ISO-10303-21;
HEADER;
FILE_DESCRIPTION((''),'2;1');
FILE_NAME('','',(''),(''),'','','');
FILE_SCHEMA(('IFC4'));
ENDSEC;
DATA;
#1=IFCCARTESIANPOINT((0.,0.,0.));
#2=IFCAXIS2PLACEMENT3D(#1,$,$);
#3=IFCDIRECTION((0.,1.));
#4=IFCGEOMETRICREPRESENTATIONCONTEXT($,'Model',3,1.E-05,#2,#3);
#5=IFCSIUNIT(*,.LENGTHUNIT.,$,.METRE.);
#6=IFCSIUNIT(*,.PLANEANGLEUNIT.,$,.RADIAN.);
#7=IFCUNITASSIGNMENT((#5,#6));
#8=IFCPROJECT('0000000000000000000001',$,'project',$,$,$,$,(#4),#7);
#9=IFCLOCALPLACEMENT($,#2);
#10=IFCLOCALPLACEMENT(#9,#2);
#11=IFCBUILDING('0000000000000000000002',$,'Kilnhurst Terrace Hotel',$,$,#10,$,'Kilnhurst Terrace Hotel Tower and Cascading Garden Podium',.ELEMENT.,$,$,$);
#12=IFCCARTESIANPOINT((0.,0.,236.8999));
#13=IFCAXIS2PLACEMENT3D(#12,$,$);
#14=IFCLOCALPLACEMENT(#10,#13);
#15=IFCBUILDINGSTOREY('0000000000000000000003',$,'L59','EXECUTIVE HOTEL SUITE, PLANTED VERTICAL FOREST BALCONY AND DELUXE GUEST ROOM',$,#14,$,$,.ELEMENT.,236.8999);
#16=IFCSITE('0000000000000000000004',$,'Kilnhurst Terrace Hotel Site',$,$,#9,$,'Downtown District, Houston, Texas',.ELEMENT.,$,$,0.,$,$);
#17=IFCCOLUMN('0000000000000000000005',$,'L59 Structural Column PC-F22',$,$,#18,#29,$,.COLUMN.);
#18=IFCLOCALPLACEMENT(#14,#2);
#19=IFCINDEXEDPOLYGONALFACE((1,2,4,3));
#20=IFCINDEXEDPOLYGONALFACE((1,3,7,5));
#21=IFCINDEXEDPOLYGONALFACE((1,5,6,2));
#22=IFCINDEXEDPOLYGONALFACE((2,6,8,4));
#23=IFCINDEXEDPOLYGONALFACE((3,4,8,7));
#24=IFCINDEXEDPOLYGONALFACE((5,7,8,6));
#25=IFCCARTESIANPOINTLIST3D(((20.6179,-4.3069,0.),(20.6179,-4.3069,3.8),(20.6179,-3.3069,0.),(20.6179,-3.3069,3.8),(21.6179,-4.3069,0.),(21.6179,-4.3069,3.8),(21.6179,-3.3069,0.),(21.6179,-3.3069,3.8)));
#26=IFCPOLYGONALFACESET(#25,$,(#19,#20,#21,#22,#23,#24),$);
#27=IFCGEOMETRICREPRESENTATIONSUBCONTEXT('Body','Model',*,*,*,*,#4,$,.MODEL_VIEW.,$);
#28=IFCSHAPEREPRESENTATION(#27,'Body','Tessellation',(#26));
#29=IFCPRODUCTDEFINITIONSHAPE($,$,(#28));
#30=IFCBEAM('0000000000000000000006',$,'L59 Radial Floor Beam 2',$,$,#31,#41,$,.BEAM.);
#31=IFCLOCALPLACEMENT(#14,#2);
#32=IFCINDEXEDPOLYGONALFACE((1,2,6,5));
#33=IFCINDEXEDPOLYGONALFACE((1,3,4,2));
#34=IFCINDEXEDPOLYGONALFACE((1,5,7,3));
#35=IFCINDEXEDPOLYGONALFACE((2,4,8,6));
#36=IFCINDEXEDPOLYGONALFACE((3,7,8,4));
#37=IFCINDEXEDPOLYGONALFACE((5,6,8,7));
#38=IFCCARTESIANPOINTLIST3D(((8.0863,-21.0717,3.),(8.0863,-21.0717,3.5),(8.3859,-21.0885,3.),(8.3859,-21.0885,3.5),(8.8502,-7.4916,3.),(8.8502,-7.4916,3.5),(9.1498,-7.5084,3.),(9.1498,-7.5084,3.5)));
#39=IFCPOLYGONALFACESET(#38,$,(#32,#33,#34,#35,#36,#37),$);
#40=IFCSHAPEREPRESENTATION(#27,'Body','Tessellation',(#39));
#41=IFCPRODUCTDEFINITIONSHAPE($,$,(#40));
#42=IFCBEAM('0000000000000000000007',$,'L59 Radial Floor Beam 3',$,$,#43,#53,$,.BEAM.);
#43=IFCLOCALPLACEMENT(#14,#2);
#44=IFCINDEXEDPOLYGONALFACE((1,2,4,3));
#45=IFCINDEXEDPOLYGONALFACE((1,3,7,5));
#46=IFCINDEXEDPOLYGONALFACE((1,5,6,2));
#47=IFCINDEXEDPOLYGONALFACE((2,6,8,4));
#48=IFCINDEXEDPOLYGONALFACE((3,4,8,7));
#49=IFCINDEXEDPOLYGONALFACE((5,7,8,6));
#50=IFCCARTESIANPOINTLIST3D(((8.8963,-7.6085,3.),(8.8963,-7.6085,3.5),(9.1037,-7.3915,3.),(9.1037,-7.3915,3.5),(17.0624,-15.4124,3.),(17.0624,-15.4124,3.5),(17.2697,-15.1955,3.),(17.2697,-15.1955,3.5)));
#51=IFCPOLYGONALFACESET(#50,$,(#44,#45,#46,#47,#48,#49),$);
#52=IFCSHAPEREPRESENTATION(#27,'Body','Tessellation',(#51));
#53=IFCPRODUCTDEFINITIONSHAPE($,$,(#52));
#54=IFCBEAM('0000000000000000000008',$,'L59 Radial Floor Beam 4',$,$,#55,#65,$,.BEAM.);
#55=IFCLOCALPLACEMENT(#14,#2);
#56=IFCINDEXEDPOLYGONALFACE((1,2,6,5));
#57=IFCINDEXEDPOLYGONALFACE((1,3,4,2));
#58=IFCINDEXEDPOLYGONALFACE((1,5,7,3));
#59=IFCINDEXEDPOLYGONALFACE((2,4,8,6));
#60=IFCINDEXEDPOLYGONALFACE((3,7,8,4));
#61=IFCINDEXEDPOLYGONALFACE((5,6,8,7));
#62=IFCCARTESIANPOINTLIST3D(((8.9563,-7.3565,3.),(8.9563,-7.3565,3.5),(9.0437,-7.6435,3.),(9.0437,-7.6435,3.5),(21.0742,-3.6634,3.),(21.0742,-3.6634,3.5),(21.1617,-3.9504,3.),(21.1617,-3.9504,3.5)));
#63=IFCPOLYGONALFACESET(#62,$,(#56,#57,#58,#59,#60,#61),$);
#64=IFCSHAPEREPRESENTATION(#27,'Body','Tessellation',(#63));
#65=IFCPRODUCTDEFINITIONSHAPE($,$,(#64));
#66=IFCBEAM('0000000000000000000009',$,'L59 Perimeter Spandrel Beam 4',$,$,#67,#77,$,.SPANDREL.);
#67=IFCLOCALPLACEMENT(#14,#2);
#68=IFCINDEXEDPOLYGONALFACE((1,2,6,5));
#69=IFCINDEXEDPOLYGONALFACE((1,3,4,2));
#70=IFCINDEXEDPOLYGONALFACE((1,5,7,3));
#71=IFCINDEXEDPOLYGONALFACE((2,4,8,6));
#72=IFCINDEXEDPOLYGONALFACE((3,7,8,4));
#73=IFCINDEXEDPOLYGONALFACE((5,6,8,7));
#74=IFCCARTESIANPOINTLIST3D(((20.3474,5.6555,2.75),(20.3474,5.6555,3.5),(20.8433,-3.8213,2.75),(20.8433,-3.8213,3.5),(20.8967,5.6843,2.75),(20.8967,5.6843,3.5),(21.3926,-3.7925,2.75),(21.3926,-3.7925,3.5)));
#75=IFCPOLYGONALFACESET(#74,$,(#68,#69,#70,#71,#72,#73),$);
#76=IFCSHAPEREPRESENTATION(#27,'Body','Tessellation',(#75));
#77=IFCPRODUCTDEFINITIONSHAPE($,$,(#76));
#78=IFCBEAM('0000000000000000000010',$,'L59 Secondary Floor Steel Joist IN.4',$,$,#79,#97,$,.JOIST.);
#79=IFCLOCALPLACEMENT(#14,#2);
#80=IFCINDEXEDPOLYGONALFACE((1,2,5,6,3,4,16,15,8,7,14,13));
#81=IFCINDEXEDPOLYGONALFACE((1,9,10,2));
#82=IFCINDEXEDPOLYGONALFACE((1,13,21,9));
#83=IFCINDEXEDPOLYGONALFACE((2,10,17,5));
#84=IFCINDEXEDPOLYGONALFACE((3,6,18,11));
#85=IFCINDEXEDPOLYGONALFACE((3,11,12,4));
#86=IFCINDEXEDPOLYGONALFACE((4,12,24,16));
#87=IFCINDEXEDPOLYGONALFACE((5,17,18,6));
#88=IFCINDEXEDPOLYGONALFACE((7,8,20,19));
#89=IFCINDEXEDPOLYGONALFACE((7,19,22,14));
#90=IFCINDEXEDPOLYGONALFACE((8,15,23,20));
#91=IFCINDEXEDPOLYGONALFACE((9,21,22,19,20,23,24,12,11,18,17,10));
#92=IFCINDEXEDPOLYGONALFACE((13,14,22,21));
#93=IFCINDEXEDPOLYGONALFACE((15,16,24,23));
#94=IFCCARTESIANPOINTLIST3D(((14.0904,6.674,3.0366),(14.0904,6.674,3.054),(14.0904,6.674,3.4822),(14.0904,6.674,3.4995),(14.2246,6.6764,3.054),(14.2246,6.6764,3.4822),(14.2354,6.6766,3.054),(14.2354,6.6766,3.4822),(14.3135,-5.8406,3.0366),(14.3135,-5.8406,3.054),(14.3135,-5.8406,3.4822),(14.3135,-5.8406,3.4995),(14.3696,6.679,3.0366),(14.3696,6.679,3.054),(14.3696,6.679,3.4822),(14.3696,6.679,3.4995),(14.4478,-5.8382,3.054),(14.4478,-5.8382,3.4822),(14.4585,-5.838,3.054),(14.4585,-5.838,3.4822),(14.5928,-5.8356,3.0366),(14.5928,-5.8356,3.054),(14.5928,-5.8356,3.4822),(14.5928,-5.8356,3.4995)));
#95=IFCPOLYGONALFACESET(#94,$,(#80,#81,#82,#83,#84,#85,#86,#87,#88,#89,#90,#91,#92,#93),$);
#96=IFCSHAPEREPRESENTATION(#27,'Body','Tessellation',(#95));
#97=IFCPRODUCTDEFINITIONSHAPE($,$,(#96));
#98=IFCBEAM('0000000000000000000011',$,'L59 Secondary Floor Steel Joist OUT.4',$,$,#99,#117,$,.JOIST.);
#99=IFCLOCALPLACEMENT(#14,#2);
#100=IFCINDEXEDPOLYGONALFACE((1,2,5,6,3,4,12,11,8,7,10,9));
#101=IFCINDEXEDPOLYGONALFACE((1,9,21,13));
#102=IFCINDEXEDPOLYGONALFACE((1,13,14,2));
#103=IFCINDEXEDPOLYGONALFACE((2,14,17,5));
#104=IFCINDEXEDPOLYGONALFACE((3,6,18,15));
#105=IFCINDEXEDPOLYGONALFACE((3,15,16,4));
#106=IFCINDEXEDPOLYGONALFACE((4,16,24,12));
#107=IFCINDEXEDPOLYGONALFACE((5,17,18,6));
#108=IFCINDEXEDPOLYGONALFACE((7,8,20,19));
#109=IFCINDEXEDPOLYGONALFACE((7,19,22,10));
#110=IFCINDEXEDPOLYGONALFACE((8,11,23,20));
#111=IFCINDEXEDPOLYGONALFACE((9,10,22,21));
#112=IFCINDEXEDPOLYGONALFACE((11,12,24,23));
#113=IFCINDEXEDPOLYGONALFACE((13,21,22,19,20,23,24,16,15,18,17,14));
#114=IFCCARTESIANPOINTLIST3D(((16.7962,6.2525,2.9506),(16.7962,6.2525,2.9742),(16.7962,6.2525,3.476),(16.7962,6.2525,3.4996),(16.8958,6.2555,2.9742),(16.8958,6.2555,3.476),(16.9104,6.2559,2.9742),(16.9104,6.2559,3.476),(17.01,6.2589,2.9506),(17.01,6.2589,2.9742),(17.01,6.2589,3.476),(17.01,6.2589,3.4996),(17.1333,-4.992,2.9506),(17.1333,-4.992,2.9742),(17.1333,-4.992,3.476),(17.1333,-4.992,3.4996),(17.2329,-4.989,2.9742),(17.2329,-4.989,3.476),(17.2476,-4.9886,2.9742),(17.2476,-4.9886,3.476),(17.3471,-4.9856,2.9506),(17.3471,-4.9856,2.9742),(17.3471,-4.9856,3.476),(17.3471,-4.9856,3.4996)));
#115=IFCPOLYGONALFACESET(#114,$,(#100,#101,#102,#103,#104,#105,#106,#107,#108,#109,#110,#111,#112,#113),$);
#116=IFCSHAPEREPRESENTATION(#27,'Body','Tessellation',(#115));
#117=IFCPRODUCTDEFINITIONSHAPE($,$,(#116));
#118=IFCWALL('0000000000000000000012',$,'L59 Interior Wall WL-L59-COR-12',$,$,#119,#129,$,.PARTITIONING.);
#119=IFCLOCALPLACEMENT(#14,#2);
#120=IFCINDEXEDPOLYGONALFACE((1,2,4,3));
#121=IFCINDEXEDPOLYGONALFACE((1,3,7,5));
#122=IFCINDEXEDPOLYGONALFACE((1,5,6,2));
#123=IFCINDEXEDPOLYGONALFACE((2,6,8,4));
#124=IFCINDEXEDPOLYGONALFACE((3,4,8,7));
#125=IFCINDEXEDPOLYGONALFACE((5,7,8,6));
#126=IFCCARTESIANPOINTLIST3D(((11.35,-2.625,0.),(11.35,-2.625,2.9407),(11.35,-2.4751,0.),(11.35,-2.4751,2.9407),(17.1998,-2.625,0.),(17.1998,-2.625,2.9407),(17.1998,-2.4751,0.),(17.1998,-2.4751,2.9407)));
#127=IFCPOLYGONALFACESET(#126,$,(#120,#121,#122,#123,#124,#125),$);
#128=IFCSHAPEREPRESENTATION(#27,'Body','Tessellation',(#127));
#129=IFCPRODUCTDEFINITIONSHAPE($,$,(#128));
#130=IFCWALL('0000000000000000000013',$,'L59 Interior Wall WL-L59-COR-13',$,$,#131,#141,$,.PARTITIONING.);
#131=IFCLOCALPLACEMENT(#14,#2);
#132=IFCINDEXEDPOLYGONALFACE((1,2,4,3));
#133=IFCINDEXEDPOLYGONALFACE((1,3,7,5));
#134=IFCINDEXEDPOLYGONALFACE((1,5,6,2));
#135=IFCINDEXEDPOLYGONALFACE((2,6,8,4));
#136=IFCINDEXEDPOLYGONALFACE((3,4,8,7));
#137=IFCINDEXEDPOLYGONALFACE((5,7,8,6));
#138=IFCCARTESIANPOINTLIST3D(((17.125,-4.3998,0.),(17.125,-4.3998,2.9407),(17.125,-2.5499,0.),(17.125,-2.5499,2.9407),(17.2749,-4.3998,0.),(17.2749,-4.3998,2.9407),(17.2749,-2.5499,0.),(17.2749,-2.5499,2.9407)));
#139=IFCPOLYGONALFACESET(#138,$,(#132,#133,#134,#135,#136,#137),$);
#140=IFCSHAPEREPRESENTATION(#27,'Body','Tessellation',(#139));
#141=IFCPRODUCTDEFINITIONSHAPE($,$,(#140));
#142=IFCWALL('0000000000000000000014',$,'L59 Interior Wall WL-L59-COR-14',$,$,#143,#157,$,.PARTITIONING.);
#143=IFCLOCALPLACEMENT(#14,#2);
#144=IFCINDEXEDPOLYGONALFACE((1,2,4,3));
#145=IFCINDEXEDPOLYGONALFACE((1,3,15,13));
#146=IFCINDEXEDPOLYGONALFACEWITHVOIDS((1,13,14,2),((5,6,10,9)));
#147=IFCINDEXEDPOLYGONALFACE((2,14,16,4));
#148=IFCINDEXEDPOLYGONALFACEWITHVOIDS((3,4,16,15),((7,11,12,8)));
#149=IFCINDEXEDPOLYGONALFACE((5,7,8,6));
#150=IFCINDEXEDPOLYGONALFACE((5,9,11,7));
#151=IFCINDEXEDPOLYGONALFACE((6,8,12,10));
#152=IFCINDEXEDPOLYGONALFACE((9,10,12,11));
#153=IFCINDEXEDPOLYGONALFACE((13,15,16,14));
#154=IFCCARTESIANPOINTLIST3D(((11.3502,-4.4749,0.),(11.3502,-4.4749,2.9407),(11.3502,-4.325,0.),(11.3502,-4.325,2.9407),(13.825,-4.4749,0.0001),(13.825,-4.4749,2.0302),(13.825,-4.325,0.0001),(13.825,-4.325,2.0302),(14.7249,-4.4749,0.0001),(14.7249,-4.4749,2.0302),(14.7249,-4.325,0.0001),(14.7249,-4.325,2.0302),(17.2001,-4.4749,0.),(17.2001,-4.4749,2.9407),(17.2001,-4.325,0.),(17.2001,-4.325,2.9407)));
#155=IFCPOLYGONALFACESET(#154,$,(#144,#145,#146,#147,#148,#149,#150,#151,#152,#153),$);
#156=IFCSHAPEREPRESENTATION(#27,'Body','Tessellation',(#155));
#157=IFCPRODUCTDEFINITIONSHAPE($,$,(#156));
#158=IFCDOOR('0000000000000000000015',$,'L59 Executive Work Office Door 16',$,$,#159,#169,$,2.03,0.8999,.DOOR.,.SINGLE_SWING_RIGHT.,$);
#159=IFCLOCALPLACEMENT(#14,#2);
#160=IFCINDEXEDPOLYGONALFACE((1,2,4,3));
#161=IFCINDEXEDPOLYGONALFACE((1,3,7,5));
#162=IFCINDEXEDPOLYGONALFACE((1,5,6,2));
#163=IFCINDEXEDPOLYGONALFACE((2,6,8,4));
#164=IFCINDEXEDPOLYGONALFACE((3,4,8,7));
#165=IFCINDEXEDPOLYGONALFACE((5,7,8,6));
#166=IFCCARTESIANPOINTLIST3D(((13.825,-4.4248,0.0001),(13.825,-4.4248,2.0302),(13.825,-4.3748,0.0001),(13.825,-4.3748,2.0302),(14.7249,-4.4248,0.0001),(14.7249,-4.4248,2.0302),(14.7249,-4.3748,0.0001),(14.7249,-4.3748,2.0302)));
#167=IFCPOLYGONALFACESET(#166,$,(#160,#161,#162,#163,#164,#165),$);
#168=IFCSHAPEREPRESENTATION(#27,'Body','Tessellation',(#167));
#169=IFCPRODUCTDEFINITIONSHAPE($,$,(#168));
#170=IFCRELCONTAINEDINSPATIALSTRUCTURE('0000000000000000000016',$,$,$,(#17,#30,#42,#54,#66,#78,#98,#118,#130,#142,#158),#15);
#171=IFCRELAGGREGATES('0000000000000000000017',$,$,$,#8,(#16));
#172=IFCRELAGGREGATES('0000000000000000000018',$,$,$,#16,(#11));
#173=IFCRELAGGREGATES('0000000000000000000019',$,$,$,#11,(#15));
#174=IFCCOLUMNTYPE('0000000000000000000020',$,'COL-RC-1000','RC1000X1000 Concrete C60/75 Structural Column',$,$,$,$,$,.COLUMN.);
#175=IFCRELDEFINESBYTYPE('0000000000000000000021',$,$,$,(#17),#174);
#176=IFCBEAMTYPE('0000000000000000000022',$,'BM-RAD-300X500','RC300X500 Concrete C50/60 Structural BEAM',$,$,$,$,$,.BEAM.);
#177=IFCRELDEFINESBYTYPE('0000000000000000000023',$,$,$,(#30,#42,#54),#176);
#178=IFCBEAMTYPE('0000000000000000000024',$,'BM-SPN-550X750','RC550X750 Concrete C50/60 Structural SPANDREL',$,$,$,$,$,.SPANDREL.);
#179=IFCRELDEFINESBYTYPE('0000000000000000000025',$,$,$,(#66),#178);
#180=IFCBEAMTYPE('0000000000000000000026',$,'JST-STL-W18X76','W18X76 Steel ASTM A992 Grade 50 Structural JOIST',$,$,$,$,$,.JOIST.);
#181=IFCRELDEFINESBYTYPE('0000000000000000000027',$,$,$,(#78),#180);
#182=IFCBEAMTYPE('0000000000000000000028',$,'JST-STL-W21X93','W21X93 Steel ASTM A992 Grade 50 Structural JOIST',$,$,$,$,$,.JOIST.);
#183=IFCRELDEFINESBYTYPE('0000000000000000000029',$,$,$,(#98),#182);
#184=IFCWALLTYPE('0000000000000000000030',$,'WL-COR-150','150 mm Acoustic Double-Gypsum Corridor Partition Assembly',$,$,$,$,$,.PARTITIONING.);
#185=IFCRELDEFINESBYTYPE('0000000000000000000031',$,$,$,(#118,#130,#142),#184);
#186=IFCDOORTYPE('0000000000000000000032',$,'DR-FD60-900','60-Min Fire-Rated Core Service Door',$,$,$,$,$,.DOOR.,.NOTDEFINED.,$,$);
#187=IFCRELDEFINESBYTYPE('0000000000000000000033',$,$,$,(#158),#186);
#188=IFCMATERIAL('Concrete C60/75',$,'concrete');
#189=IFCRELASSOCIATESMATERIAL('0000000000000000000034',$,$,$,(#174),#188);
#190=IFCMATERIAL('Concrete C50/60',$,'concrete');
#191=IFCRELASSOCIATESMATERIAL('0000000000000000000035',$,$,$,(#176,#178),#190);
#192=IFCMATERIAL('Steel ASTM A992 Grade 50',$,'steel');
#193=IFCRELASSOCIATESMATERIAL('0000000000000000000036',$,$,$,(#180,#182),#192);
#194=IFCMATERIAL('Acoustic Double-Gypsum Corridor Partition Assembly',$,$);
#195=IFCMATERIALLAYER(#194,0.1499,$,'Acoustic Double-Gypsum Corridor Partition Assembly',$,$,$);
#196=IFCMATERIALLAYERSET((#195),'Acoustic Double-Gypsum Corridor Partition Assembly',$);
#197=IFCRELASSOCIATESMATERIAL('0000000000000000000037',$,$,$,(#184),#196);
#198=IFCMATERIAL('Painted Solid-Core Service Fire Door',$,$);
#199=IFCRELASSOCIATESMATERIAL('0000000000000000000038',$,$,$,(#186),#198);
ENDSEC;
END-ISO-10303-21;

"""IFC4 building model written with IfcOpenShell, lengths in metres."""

from ifc_helpers import new_model, si_unit, direction, frame, frame_2d, origin, origin_2d, place, context, subcontext, project, spatial, rectangle, i_section, extrude, material, layer, layer_set, material_profile, profile_set, type_object, element, fill, save


model = new_model("IFC4")

# Units and contexts
model_context = context("Model", 3, precision=1e-05, world=origin(), true_north=direction((0.0, 1.0)))
body_context = subcontext(model_context, "Body", "Model", "MODEL_VIEW")
ifc_project = project(units=[si_unit("LENGTHUNIT", "METRE"), si_unit("PLANEANGLEUNIT", "RADIAN")], contexts=[model_context])

# Site, building, storey
site_placement = place(None, origin())
site = spatial("IfcSite", under=ifc_project, at=site_placement, Name="Kilnhurst Terrace Hotel Site", LongName="Downtown District, Houston, Texas", CompositionType="ELEMENT", RefElevation=0.0)
building_placement = place(site_placement, origin())
building = spatial("IfcBuilding", under=site, at=building_placement, Name="Kilnhurst Terrace Hotel", LongName="Kilnhurst Terrace Hotel Tower and Cascading Garden Podium", CompositionType="ELEMENT")
storey_placement = place(building_placement, frame((0.0, 0.0, 236.8999)))
storey = spatial("IfcBuildingStorey", under=building, at=storey_placement, Name="L59", Description="EXECUTIVE HOTEL SUITE, PLANTED VERTICAL FOREST BALCONY AND DELUXE GUEST ROOM", CompositionType="ELEMENT", Elevation=236.8999)

# Column
ifc_material_1 = material(Name="Concrete C60/75", Category="concrete")
ifc_material_profile_1 = material_profile(ifc_material_1, rectangle(XDim=1.0, YDim=1.0, at=origin_2d()), Name="RC1000X1000")
ifc_profile_set_1 = profile_set([ifc_material_profile_1], Name="Concrete C60/75")
column_type = type_object("IfcColumnType", Name="COL-RC-1000", Description="RC1000X1000 Concrete C60/75 Structural Column", PredefinedType="COLUMN", material=ifc_profile_set_1)
column_placement = place(storey_placement, frame((21.1179, -3.8069, 0.0), z_axis=(0.0, 0.0, 1.0), x_axis=(1.0, 0.0, 0.0)))
element("IfcColumn", 1, at=column_placement, inside=storey, type_object=column_type, Name="L59 Structural Column PC-F22", PredefinedType="COLUMN", context=body_context, shape_type="SweptSolid", body=[
    extrude(rectangle(XDim=1.0, YDim=1.0, at=origin_2d()), origin(), (0.0, 0.0, 1.0), 3.8),
])

# Beams
ifc_material_2 = material(Name="Concrete C50/60", Category="concrete")
ifc_material_profile_2 = material_profile(ifc_material_2, rectangle(XDim=0.3, YDim=0.5, at=origin_2d()), Name="RC300X500")
ifc_profile_set_2 = profile_set([ifc_material_profile_2], Name="Concrete C50/60")
beam_type_1 = type_object("IfcBeamType", Name="BM-RAD-300X500", Description="RC300X500 Concrete C50/60 Structural BEAM", PredefinedType="BEAM", material=ifc_profile_set_2)
beam_1_placement = place(storey_placement, frame((9.0, -7.5, 3.25), z_axis=(-0.056164, -0.998422, 0.0), x_axis=(0.998422, -0.056164, 0.0)))
element("IfcBeam", 2, at=beam_1_placement, inside=storey, type_object=beam_type_1, Name="L59 Radial Floor Beam 2", PredefinedType="BEAM", context=body_context, shape_type="SweptSolid", body=[
    extrude(rectangle(XDim=0.3, YDim=0.5, at=origin_2d()), origin(), (0.0, 0.0, 1.0), 13.6016),
])
beam_2_placement = place(storey_placement, frame((9.0, -7.5, 3.25), z_axis=(0.722952, -0.690898, 0.0), x_axis=(0.690898, 0.722952, 0.0)))
element("IfcBeam", 3, at=beam_2_placement, inside=storey, type_object=beam_type_1, Name="L59 Radial Floor Beam 3", PredefinedType="BEAM", context=body_context, shape_type="SweptSolid", body=[
    extrude(rectangle(XDim=0.3, YDim=0.5, at=origin_2d()), origin(), (0.0, 0.0, 1.0), 11.2954),
])
beam_3_placement = place(storey_placement, frame((9.0, -7.5, 3.25), z_axis=(0.956563, 0.291527, 0.0), x_axis=(-0.291527, 0.956563, 0.0)))
element("IfcBeam", 4, at=beam_3_placement, inside=storey, type_object=beam_type_1, Name="L59 Radial Floor Beam 4", PredefinedType="BEAM", context=body_context, shape_type="SweptSolid", body=[
    extrude(rectangle(XDim=0.3, YDim=0.5, at=origin_2d()), origin(), (0.0, 0.0, 1.0), 12.6682),
])
ifc_material_profile_3 = material_profile(ifc_material_2, rectangle(XDim=0.55, YDim=0.75, at=origin_2d()), Name="RC550X750")
ifc_profile_set_3 = profile_set([ifc_material_profile_3], Name="Concrete C50/60")
beam_type_2 = type_object("IfcBeamType", Name="BM-SPN-550X750", Description="RC550X750 Concrete C50/60 Structural SPANDREL", PredefinedType="SPANDREL", material=ifc_profile_set_3)
beam_4_placement = place(storey_placement, frame((21.1179, -3.8069, 3.125), z_axis=(-0.052251, 0.998634, 0.0), x_axis=(-0.998634, -0.052251, 0.0)))
element("IfcBeam", 5, at=beam_4_placement, inside=storey, type_object=beam_type_2, Name="L59 Perimeter Spandrel Beam 4", PredefinedType="SPANDREL", context=body_context, shape_type="SweptSolid", body=[
    extrude(rectangle(XDim=0.55, YDim=0.75, at=origin_2d()), origin(), (0.0, 0.0, 1.0), 9.4897),
])
ifc_material_3 = material(Name="Steel ASTM A992 Grade 50", Category="steel")
ifc_material_profile_4 = material_profile(ifc_material_3, i_section(OverallWidth=0.2793, OverallDepth=0.4629, WebThickness=0.0107, FlangeThickness=0.0173, at=origin_2d()), Name="W18X76")
ifc_profile_set_4 = profile_set([ifc_material_profile_4], Name="Steel ASTM A992 Grade 50")
beam_type_3 = type_object("IfcBeamType", Name="JST-STL-W18X76", Description="W18X76 Steel ASTM A992 Grade 50 Structural JOIST", PredefinedType="JOIST", material=ifc_profile_set_4)
beam_5_placement = place(storey_placement, frame((14.4531, -5.8381, 3.2681), z_axis=(-0.017828, 0.999841, 0.0), x_axis=(-0.999841, -0.017828, 0.0)))
element("IfcBeam", 6, at=beam_5_placement, inside=storey, type_object=beam_type_3, Name="L59 Secondary Floor Steel Joist IN.4", PredefinedType="JOIST", context=body_context, shape_type="SweptSolid", body=[
    extrude(i_section(OverallWidth=0.2793, OverallDepth=0.4629, WebThickness=0.0107, FlangeThickness=0.0173, at=origin_2d()), origin(), (0.0, 0.0, 1.0), 12.5166),
])
ifc_material_profile_5 = material_profile(ifc_material_3, i_section(OverallWidth=0.2139, OverallDepth=0.5491, WebThickness=0.0146, FlangeThickness=0.0237, at=origin_2d()), Name="W21X93")
ifc_profile_set_5 = profile_set([ifc_material_profile_5], Name="Steel ASTM A992 Grade 50")
beam_type_4 = type_object("IfcBeamType", Name="JST-STL-W21X93", Description="W21X93 Steel ASTM A992 Grade 50 Structural JOIST", PredefinedType="JOIST", material=ifc_profile_set_5)
beam_6_placement = place(storey_placement, frame((17.2402, -4.9888, 3.2251), z_axis=(-0.029971, 0.999551, 0.0), x_axis=(-0.999551, -0.029971, 0.0)))
element("IfcBeam", 7, at=beam_6_placement, inside=storey, type_object=beam_type_4, Name="L59 Secondary Floor Steel Joist OUT.4", PredefinedType="JOIST", context=body_context, shape_type="SweptSolid", body=[
    extrude(i_section(OverallWidth=0.2139, OverallDepth=0.5491, WebThickness=0.0146, FlangeThickness=0.0237, at=origin_2d()), origin(), (0.0, 0.0, 1.0), 11.2495),
])

# Walls
ifc_material_4 = material(Name="Acoustic Double-Gypsum Corridor Partition Assembly")
ifc_layer_1 = layer(ifc_material_4, 0.1499, Name="Acoustic Double-Gypsum Corridor Partition Assembly")
ifc_layer_set_1 = layer_set([ifc_layer_1], Name="Acoustic Double-Gypsum Corridor Partition Assembly")
wall_type_1 = type_object("IfcWallType", Name="WL-COR-150", Description="150 mm Acoustic Double-Gypsum Corridor Partition Assembly", PredefinedType="PARTITIONING", material=ifc_layer_set_1)
wall_1_placement = place(storey_placement, frame((11.3501, -2.55, 0.0), z_axis=(0.0, 0.0, 1.0), x_axis=(1.0, 0.0, 0.0)))
element("IfcWall", 8, at=wall_1_placement, inside=storey, type_object=wall_type_1, Name="L59 Interior Wall WL-L59-COR-12", PredefinedType="PARTITIONING", context=body_context, shape_type="SweptSolid", body=[
    extrude(rectangle(XDim=5.8499, YDim=0.1499, at=frame_2d((2.9248, 0.0))), origin(), (0.0, 0.0, 1.0), 2.9407),
])
wall_2_placement = place(storey_placement, frame((17.2, -2.55, 0.0), z_axis=(0.0, 0.0, 1.0), x_axis=(0.0, -1.0, 0.0)))
element("IfcWall", 9, at=wall_2_placement, inside=storey, type_object=wall_type_1, Name="L59 Interior Wall WL-L59-COR-13", PredefinedType="PARTITIONING", context=body_context, shape_type="SweptSolid", body=[
    extrude(rectangle(XDim=1.8499, YDim=0.1499, at=frame_2d((0.9248, 0.0))), origin(), (0.0, 0.0, 1.0), 2.9407),
])

# Wall, opening, door
wall_3_placement = place(storey_placement, frame((17.2, -4.3999, 0.0), z_axis=(0.0, 0.0, 1.0), x_axis=(-1.0, 0.0, 0.0)))
wall_3 = element("IfcWall", 10, at=wall_3_placement, inside=storey, type_object=wall_type_1, Name="L59 Interior Wall WL-L59-COR-14", PredefinedType="PARTITIONING", context=body_context, shape_type="SweptSolid", body=[
    extrude(rectangle(XDim=5.8499, YDim=0.1499, at=frame_2d((2.9248, 0.0))), origin(), (0.0, 0.0, 1.0), 2.9407),
])
opening_1_placement = place(wall_3_placement, frame((2.4751, 0.0, 0.0)))
opening_1 = element("IfcOpeningElement", 11, at=opening_1_placement, cuts=wall_3, PredefinedType="OPENING", context=body_context, shape_type="SweptSolid", body=[
    extrude(rectangle(XDim=0.8999, YDim=2.03, at=frame_2d((0.45, 1.0151))), frame((0.0, 0.085, 0.0), z_axis=(0.0, -1.0, 0.0), x_axis=(1.0, 0.0, 0.0)), (0.0, 0.0, 1.0), 0.1699),
])
ifc_material_5 = material(Name="Painted Solid-Core Service Fire Door")
door_type_1 = type_object("IfcDoorType", Name="DR-FD60-900", Description="60-Min Fire-Rated Core Service Door", OperationType="NOTDEFINED", PredefinedType="DOOR", material=ifc_material_5)
door_1_placement = place(opening_1_placement, origin())
door_1 = element("IfcDoor", 12, at=door_1_placement, inside=storey, type_object=door_type_1, Name="L59 Executive Work Office Door 16", OperationType="SINGLE_SWING_RIGHT", OverallHeight=2.03, OverallWidth=0.8999, PredefinedType="DOOR", context=body_context, shape_type="SweptSolid", body=[
    extrude(rectangle(XDim=0.8999, YDim=2.03, at=frame_2d((0.45, 1.0151))), frame((0.0, 0.0249, 0.0), z_axis=(0.0, -1.0, 0.0), x_axis=(1.0, 0.0, 0.0)), (0.0, 0.0, 1.0), 0.05),
])
fill(opening_1, door_1)

save(model, "model.ifc")
